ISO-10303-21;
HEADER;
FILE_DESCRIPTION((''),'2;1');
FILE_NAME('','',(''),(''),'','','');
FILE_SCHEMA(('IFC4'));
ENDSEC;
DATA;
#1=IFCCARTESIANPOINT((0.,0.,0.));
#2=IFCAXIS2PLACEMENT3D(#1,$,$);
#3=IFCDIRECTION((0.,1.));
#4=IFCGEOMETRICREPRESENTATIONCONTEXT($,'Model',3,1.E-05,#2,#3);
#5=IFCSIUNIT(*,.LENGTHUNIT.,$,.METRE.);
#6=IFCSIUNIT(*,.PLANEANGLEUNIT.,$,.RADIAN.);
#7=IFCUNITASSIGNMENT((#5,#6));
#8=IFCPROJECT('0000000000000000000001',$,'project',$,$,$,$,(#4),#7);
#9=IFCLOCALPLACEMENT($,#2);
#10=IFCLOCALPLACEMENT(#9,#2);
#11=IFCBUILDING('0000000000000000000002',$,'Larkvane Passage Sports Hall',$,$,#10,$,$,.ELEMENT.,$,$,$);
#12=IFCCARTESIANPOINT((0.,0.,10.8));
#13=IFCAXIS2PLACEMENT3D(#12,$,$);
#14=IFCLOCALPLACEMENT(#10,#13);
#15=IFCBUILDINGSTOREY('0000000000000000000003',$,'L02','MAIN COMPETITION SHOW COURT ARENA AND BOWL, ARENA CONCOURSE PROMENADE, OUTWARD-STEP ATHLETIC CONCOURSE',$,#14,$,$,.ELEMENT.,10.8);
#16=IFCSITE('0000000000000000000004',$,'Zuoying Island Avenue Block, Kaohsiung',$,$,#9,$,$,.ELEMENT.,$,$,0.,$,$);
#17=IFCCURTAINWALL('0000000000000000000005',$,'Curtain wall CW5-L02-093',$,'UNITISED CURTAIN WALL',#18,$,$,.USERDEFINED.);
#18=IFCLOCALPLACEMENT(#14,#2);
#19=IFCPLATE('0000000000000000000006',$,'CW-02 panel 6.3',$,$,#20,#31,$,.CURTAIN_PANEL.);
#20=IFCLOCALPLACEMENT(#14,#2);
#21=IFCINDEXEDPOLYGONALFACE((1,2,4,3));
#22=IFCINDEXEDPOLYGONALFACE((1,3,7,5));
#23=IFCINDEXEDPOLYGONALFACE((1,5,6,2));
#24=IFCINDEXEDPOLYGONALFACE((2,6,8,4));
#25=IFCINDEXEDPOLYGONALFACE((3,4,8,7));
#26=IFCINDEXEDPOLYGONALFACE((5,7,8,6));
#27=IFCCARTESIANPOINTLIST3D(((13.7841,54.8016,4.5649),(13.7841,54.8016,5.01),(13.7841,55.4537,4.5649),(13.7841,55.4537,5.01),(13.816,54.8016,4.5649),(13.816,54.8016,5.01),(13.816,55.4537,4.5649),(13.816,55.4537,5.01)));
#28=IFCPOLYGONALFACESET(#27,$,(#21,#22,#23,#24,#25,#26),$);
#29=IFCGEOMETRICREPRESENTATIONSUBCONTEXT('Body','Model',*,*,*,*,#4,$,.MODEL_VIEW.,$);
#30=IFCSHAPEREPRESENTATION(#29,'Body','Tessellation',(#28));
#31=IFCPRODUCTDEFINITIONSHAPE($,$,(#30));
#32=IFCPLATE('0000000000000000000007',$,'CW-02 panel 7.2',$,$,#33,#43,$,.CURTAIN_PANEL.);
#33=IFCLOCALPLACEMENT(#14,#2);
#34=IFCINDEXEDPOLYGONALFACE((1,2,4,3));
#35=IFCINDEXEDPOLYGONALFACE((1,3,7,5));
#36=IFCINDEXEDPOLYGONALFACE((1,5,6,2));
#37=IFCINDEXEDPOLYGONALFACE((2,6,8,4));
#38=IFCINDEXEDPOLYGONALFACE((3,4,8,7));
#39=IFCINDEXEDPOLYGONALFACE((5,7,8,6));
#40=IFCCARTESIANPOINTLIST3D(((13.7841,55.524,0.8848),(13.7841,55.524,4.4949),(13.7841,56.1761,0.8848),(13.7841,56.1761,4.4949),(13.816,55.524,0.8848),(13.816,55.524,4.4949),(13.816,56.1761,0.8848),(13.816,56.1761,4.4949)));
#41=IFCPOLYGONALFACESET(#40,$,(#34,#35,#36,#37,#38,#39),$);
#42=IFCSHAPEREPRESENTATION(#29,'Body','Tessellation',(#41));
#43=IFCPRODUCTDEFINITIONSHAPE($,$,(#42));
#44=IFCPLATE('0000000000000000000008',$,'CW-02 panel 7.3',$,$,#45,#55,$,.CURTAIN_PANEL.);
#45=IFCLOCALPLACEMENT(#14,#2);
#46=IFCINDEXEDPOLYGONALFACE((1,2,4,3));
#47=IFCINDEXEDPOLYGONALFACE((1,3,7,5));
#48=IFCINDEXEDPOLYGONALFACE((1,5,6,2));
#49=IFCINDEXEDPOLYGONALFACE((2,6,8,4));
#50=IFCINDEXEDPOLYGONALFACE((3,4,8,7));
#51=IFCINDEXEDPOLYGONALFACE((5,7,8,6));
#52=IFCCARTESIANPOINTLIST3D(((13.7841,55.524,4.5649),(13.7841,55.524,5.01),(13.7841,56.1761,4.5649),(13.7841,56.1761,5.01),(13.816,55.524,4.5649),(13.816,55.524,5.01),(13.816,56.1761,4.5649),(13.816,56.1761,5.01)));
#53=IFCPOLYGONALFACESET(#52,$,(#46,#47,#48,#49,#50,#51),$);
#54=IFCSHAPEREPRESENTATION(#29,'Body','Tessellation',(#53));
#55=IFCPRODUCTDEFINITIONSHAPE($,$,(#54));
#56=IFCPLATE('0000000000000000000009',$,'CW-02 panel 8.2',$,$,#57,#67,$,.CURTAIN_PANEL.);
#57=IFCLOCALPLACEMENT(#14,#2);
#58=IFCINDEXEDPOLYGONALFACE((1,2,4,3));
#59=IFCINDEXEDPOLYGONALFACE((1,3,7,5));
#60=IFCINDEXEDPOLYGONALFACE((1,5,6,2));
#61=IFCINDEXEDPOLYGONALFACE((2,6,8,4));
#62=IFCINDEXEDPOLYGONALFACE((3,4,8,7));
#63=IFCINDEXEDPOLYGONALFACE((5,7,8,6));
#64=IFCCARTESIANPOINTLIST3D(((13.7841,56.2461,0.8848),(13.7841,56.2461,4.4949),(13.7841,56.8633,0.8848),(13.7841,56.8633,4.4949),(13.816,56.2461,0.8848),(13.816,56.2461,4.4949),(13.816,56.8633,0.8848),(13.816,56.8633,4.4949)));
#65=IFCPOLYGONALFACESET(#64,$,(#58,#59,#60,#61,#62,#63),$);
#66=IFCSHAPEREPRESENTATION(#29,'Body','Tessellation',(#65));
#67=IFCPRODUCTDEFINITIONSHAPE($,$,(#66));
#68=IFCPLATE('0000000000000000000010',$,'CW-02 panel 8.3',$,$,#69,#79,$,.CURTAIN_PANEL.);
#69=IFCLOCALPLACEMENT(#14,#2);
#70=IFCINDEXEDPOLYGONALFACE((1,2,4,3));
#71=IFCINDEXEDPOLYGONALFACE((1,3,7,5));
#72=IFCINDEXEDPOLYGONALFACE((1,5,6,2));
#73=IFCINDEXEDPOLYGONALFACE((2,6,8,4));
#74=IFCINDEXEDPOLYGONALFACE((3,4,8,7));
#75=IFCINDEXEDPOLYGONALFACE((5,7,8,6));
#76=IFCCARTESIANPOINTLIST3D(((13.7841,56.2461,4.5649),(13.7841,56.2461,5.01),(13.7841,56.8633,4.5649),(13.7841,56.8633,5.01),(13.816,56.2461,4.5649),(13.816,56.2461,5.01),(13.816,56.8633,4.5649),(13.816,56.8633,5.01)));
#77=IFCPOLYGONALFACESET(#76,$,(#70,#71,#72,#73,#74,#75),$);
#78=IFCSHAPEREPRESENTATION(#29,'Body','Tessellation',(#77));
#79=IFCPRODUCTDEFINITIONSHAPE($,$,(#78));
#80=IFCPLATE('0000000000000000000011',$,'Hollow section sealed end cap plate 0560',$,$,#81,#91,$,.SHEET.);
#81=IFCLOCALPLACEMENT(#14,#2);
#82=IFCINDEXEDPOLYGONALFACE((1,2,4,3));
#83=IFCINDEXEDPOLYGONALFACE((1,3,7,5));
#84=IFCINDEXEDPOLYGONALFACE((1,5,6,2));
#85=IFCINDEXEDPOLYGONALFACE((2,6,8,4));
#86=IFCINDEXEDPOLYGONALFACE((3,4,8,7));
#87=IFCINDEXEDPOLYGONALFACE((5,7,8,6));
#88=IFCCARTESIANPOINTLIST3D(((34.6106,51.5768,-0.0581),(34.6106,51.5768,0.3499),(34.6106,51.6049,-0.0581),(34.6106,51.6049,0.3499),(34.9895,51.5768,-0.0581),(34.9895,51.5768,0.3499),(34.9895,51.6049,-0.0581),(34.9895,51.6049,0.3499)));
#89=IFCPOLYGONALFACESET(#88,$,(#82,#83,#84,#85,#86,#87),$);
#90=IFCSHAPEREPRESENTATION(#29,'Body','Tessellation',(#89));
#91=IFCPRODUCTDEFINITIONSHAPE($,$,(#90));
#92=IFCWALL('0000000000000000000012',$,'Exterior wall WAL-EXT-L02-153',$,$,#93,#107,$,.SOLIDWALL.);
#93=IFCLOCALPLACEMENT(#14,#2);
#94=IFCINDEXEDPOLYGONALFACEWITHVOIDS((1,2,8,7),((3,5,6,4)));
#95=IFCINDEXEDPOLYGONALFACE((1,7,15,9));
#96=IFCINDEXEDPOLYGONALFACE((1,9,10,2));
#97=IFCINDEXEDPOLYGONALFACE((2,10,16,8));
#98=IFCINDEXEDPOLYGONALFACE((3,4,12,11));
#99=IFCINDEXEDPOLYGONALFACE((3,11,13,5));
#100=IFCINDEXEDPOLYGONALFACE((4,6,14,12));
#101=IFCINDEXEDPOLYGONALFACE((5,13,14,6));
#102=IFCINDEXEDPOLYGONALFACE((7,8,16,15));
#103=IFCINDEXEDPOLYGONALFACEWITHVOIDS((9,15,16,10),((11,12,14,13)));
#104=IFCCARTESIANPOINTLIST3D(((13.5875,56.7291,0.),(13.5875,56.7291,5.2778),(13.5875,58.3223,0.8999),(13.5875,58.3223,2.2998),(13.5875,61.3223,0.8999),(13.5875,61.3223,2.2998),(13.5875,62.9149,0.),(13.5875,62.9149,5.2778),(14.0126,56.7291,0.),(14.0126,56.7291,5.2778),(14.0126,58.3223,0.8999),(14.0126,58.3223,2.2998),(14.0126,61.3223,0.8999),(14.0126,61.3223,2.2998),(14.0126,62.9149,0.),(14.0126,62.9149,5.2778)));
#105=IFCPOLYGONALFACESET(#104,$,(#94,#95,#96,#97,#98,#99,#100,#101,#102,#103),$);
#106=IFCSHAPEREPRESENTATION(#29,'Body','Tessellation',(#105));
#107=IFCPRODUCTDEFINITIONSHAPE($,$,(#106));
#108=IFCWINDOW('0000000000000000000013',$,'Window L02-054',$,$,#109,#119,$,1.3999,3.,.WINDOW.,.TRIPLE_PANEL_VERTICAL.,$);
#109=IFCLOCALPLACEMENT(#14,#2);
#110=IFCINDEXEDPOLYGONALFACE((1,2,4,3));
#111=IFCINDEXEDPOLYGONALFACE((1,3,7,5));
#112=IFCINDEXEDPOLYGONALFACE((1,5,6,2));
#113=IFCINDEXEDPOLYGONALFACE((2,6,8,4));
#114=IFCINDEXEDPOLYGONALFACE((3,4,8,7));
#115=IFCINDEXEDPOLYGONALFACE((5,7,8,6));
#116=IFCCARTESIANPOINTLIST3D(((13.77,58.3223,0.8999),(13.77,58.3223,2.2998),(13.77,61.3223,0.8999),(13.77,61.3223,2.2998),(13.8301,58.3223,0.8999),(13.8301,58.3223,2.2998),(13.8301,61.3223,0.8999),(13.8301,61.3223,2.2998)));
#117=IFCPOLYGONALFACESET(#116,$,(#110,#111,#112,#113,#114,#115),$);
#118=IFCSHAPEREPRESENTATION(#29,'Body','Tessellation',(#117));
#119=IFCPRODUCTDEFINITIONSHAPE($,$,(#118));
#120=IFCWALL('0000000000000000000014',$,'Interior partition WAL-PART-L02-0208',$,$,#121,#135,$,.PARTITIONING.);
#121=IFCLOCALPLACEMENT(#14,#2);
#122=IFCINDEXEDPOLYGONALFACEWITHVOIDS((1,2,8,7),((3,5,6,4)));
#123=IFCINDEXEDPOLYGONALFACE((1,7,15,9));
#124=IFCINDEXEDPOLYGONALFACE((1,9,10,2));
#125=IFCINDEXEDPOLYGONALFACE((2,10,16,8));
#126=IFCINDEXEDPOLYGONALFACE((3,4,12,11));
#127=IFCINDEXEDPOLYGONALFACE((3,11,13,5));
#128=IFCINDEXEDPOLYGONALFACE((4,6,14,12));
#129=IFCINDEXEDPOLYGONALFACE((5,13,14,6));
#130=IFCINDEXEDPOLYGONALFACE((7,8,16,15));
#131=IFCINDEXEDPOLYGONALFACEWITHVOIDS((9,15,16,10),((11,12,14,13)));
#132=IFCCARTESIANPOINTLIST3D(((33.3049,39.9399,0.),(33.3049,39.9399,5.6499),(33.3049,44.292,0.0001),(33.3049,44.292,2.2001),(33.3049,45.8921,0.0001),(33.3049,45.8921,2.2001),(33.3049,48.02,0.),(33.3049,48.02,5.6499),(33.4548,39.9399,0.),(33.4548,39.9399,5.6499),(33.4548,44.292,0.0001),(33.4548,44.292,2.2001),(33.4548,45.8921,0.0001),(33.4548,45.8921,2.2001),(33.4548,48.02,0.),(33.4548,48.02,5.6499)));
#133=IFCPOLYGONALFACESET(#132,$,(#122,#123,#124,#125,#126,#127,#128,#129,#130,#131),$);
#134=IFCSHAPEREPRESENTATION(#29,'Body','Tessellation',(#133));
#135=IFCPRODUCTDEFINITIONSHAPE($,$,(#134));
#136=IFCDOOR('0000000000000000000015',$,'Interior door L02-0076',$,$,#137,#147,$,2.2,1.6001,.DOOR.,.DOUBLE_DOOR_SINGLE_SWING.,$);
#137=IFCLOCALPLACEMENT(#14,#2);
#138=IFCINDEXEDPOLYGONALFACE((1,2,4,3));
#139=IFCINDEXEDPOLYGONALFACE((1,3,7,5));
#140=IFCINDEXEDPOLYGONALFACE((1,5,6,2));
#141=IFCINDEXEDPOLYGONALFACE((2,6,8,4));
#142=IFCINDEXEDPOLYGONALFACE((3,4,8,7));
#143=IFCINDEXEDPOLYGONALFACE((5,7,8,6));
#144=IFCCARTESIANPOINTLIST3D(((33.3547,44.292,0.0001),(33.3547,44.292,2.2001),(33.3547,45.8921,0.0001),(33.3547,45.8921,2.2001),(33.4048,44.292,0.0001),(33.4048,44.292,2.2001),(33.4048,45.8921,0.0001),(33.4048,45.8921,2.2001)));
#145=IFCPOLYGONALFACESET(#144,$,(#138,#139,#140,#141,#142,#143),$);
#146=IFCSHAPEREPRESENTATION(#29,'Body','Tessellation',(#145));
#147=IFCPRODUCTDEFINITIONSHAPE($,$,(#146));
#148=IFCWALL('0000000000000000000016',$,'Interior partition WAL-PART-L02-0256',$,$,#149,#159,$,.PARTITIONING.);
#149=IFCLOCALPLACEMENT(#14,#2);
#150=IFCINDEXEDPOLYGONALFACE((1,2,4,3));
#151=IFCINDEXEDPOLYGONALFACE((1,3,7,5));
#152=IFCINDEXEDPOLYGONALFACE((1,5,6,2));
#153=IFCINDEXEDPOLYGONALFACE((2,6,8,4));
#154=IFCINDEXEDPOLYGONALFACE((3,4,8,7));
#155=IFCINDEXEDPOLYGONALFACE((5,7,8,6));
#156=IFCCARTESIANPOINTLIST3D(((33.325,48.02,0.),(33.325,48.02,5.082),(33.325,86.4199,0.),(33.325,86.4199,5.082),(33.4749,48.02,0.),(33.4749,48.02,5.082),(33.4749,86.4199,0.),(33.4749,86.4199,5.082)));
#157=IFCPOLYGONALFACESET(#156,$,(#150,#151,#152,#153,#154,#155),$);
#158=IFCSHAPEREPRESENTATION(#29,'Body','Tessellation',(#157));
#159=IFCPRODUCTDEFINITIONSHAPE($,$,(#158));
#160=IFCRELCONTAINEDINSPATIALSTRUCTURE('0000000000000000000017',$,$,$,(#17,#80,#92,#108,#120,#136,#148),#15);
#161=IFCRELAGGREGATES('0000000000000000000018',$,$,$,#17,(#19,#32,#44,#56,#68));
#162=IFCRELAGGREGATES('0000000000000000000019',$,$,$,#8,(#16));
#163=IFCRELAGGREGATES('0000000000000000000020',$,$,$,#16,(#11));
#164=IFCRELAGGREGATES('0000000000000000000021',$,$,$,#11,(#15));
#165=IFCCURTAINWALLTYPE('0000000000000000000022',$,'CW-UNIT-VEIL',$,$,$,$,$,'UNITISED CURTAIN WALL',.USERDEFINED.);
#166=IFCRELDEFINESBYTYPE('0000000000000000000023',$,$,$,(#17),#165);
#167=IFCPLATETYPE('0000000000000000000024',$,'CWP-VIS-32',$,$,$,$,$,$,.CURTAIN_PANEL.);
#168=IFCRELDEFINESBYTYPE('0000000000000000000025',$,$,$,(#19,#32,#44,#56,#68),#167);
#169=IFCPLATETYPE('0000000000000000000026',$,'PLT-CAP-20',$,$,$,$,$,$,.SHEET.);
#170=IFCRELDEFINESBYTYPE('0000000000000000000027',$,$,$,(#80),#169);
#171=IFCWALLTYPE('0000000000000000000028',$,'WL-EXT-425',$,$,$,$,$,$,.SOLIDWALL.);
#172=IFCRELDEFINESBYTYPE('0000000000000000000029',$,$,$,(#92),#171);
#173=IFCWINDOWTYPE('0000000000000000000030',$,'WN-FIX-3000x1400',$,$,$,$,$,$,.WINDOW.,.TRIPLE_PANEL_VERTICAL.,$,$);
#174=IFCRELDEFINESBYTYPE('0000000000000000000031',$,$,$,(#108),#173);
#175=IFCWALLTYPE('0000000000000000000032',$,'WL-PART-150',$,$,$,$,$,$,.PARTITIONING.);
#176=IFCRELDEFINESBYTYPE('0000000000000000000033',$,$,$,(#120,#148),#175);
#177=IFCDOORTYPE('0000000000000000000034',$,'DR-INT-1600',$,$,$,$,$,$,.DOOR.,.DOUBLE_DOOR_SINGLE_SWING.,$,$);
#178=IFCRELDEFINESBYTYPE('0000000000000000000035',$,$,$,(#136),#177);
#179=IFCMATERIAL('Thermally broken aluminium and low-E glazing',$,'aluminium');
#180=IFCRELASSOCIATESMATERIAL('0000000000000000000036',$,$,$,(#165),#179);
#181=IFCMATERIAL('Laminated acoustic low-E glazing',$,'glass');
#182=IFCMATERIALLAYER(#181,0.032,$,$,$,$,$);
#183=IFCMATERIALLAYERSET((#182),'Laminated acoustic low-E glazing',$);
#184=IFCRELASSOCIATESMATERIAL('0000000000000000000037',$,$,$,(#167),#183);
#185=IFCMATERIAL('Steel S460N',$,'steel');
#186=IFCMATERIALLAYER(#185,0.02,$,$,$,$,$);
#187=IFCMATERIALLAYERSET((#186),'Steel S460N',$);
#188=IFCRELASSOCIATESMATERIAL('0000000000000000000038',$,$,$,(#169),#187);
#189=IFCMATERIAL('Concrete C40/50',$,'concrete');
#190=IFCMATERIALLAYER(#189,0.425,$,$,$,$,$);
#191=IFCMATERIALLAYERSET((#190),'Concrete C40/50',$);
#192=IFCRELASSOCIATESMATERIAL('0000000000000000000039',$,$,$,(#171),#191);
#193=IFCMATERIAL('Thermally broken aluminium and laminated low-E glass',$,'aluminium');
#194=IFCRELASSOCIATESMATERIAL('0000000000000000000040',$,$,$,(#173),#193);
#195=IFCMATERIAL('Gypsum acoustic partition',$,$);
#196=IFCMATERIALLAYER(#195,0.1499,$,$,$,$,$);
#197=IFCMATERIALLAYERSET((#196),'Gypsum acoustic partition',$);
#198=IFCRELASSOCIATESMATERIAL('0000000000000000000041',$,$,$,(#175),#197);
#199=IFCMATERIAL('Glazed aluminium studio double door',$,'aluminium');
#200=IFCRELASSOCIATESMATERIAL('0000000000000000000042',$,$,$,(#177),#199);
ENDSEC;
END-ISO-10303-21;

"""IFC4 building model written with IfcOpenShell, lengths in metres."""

from ifc_helpers import new_model, si_unit, direction, frame, frame_2d, origin, origin_2d, place, context, subcontext, project, spatial, rectangle, extrude, material, layer, layer_set, type_object, element, fill, aggregate, save


model = new_model("IFC4")

# Units and contexts
model_context = context("Model", 3, precision=1e-05, world=origin(), true_north=direction((0.0, 1.0)))
body_context = subcontext(model_context, "Body", "Model", "MODEL_VIEW")
ifc_project = project(units=[si_unit("LENGTHUNIT", "METRE"), si_unit("PLANEANGLEUNIT", "RADIAN")], contexts=[model_context])

# Site, building, storey
site_placement = place(None, origin())
site = spatial("IfcSite", under=ifc_project, at=site_placement, Name="Zuoying Island Avenue Block, Kaohsiung", CompositionType="ELEMENT", RefElevation=0.0)
building_placement = place(site_placement, origin())
building = spatial("IfcBuilding", under=site, at=building_placement, Name="Larkvane Passage Sports Hall", CompositionType="ELEMENT")
storey_placement = place(building_placement, frame((0.0, 0.0, 10.8)))
storey = spatial("IfcBuildingStorey", under=building, at=storey_placement, Name="L02", Description="MAIN COMPETITION SHOW COURT ARENA AND BOWL, ARENA CONCOURSE PROMENADE, OUTWARD-STEP ATHLETIC CONCOURSE", CompositionType="ELEMENT", Elevation=10.8)

# Shared definitions
ifc_material_1 = material(Name="Steel S460N", Category="steel")

# Curtain wall
ifc_material_2 = material(Name="Thermally broken aluminium and low-E glazing", Category="aluminium")
curtain_wall_type = type_object("IfcCurtainWallType", Name="CW-UNIT-VEIL", ElementType="UNITISED CURTAIN WALL", PredefinedType="USERDEFINED", material=ifc_material_2)
curtain_wall_placement = place(storey_placement, origin())
curtain_wall = element("IfcCurtainWall", 1, at=curtain_wall_placement, inside=storey, type_object=curtain_wall_type, Name="Curtain wall CW5-L02-093", ObjectType="UNITISED CURTAIN WALL", PredefinedType="USERDEFINED")

# Plates
ifc_material_3 = material(Name="Laminated acoustic low-E glazing", Category="glass")
ifc_layer_1 = layer(ifc_material_3, 0.032)
ifc_layer_set_1 = layer_set([ifc_layer_1], Name="Laminated acoustic low-E glazing")
plate_type_1 = type_object("IfcPlateType", Name="CWP-VIS-32", PredefinedType="CURTAIN_PANEL", material=ifc_layer_set_1)
plate_1_placement = place(storey_placement, frame((13.8, 55.1277, 4.5649), z_axis=(0.0, 0.0, 1.0), x_axis=(0.0, 1.0, 0.0)))
plate_1 = element("IfcPlate", 2, at=plate_1_placement, type_object=plate_type_1, Name="CW-02 panel 6.3", PredefinedType="CURTAIN_PANEL", context=body_context, shape_type="SweptSolid", body=[
    extrude(rectangle(XDim=0.6521, YDim=0.032, at=origin_2d()), origin(), (0.0, 0.0, 1.0), 0.4451),
])
plate_2_placement = place(storey_placement, frame((13.8, 55.8501, 0.8848), z_axis=(0.0, 0.0, 1.0), x_axis=(0.0, 1.0, 0.0)))
plate_2 = element("IfcPlate", 3, at=plate_2_placement, type_object=plate_type_1, Name="CW-02 panel 7.2", PredefinedType="CURTAIN_PANEL", context=body_context, shape_type="SweptSolid", body=[
    extrude(rectangle(XDim=0.6521, YDim=0.032, at=origin_2d()), origin(), (0.0, 0.0, 1.0), 3.6101),
])
plate_3_placement = place(storey_placement, frame((13.8, 55.8501, 4.5649), z_axis=(0.0, 0.0, 1.0), x_axis=(0.0, 1.0, 0.0)))
plate_3 = element("IfcPlate", 4, at=plate_3_placement, type_object=plate_type_1, Name="CW-02 panel 7.3", PredefinedType="CURTAIN_PANEL", context=body_context, shape_type="SweptSolid", body=[
    extrude(rectangle(XDim=0.6521, YDim=0.032, at=origin_2d()), origin(), (0.0, 0.0, 1.0), 0.4451),
])
plate_4_placement = place(storey_placement, frame((13.8, 56.5547, 0.8848), z_axis=(0.0, 0.0, 1.0), x_axis=(0.0, 1.0, 0.0)))
plate_4 = element("IfcPlate", 5, at=plate_4_placement, type_object=plate_type_1, Name="CW-02 panel 8.2", PredefinedType="CURTAIN_PANEL", context=body_context, shape_type="SweptSolid", body=[
    extrude(rectangle(XDim=0.6172, YDim=0.032, at=origin_2d()), origin(), (0.0, 0.0, 1.0), 3.6101),
])
plate_5_placement = place(storey_placement, frame((13.8, 56.5547, 4.5649), z_axis=(0.0, 0.0, 1.0), x_axis=(0.0, 1.0, 0.0)))
plate_5 = element("IfcPlate", 6, at=plate_5_placement, type_object=plate_type_1, Name="CW-02 panel 8.3", PredefinedType="CURTAIN_PANEL", context=body_context, shape_type="SweptSolid", body=[
    extrude(rectangle(XDim=0.6172, YDim=0.032, at=origin_2d()), origin(), (0.0, 0.0, 1.0), 0.4451),
])
aggregate(curtain_wall, [plate_1, plate_2, plate_3, plate_4, plate_5])
ifc_layer_2 = layer(ifc_material_1, 0.02)
ifc_layer_set_2 = layer_set([ifc_layer_2], Name="Steel S460N")
plate_type_2 = type_object("IfcPlateType", Name="PLT-CAP-20", PredefinedType="SHEET", material=ifc_layer_set_2)
plate_6_placement = place(storey_placement, frame((34.8, 51.5908, -0.0581), z_axis=(0.0, 0.0, 1.0), x_axis=(-1.0, 0.0, 0.0)))
element("IfcPlate", 7, at=plate_6_placement, inside=storey, type_object=plate_type_2, Name="Hollow section sealed end cap plate 0560", PredefinedType="SHEET", context=body_context, shape_type="SweptSolid", body=[
    extrude(rectangle(XDim=0.3789, YDim=0.0281, at=origin_2d()), origin(), (0.0, 0.0, 1.0), 0.408),
])

# Wall, opening, window
ifc_material_4 = material(Name="Concrete C40/50", Category="concrete")
ifc_layer_3 = layer(ifc_material_4, 0.425)
ifc_layer_set_3 = layer_set([ifc_layer_3], Name="Concrete C40/50")
wall_type_1 = type_object("IfcWallType", Name="WL-EXT-425", PredefinedType="SOLIDWALL", material=ifc_layer_set_3)
wall_1_placement = place(storey_placement, frame((13.8, 56.7292, 0.0), z_axis=(0.0, 0.0, 1.0), x_axis=(0.0, 1.0, 0.0)))
wall_1 = element("IfcWall", 8, at=wall_1_placement, inside=storey, type_object=wall_type_1, Name="Exterior wall WAL-EXT-L02-153", PredefinedType="SOLIDWALL", context=body_context, shape_type="SweptSolid", body=[
    extrude(rectangle(XDim=6.1858, YDim=0.425, at=frame_2d((3.0928, 0.0))), origin(), (0.0, 0.0, 1.0), 5.2778),
])
opening_1_placement = place(wall_1_placement, frame((1.593, 0.0, 0.8999)))
opening_1 = element("IfcOpeningElement", 9, at=opening_1_placement, cuts=wall_1, PredefinedType="OPENING", context=body_context, shape_type="SweptSolid", body=[
    extrude(rectangle(XDim=3.0, YDim=1.3999, at=frame_2d((1.5, 0.7))), frame((0.0, 0.2224, 0.0), z_axis=(0.0, -1.0, 0.0), x_axis=(1.0, 0.0, 0.0)), (0.0, 0.0, 1.0), 0.4451),
])
ifc_material_5 = material(Name="Thermally broken aluminium and laminated low-E glass", Category="aluminium")
window_type = type_object("IfcWindowType", Name="WN-FIX-3000x1400", PartitioningType="TRIPLE_PANEL_VERTICAL", PredefinedType="WINDOW", material=ifc_material_5)
window_placement = place(opening_1_placement, origin())
window = element("IfcWindow", 10, at=window_placement, inside=storey, type_object=window_type, Name="Window L02-054", OverallHeight=1.3999, OverallWidth=3.0, PartitioningType="TRIPLE_PANEL_VERTICAL", PredefinedType="WINDOW", context=body_context, shape_type="SweptSolid", body=[
    extrude(rectangle(XDim=3.0, YDim=1.3999, at=frame_2d((1.5, 0.7))), frame((0.0, 0.03, 0.0), z_axis=(0.0, -1.0, 0.0), x_axis=(1.0, 0.0, 0.0)), (0.0, 0.0, 1.0), 0.0601),
])
fill(opening_1, window)

# Wall, opening, door
ifc_material_6 = material(Name="Gypsum acoustic partition")
ifc_layer_4 = layer(ifc_material_6, 0.1499)
ifc_layer_set_4 = layer_set([ifc_layer_4], Name="Gypsum acoustic partition")
wall_type_2 = type_object("IfcWallType", Name="WL-PART-150", PredefinedType="PARTITIONING", material=ifc_layer_set_4)
wall_2_placement = place(storey_placement, frame((33.3799, 48.02, 0.0), z_axis=(0.0, 0.0, 1.0), x_axis=(0.0, -1.0, 0.0)))
wall_2 = element("IfcWall", 11, at=wall_2_placement, inside=storey, type_object=wall_type_2, Name="Interior partition WAL-PART-L02-0208", PredefinedType="PARTITIONING", context=body_context, shape_type="SweptSolid", body=[
    extrude(rectangle(XDim=8.0801, YDim=0.1499, at=frame_2d((4.04, 0.0))), origin(), (0.0, 0.0, 1.0), 5.6499),
])
opening_2_placement = place(wall_2_placement, frame((2.1279, 0.0, 0.0)))
opening_2 = element("IfcOpeningElement", 12, at=opening_2_placement, cuts=wall_2, PredefinedType="OPENING", context=body_context, shape_type="SweptSolid", body=[
    extrude(rectangle(XDim=1.6001, YDim=2.2, at=frame_2d((0.8, 1.1001))), frame((0.0, 0.085, 0.0), z_axis=(0.0, -1.0, 0.0), x_axis=(1.0, 0.0, 0.0)), (0.0, 0.0, 1.0), 0.1699),
])
ifc_material_7 = material(Name="Glazed aluminium studio double door", Category="aluminium")
door_type = type_object("IfcDoorType", Name="DR-INT-1600", OperationType="DOUBLE_DOOR_SINGLE_SWING", PredefinedType="DOOR", material=ifc_material_7)
door_placement = place(opening_2_placement, origin())
door = element("IfcDoor", 13, at=door_placement, inside=storey, type_object=door_type, Name="Interior door L02-0076", OperationType="DOUBLE_DOOR_SINGLE_SWING", OverallHeight=2.2, OverallWidth=1.6001, PredefinedType="DOOR", context=body_context, shape_type="SweptSolid", body=[
    extrude(rectangle(XDim=1.6001, YDim=2.2, at=frame_2d((0.8, 1.1001))), frame((0.0, 0.0249, 0.0), z_axis=(0.0, -1.0, 0.0), x_axis=(1.0, 0.0, 0.0)), (0.0, 0.0, 1.0), 0.05),
])
fill(opening_2, door)

# Wall
wall_3_placement = place(storey_placement, frame((33.3999, 48.02, 0.0), z_axis=(0.0, 0.0, 1.0), x_axis=(0.0, 1.0, 0.0)))
element("IfcWall", 14, at=wall_3_placement, inside=storey, type_object=wall_type_2, Name="Interior partition WAL-PART-L02-0256", PredefinedType="PARTITIONING", context=body_context, shape_type="SweptSolid", body=[
    extrude(rectangle(XDim=38.3999, YDim=0.1499, at=frame_2d((19.2, 0.0))), origin(), (0.0, 0.0, 1.0), 5.082),
])

save(model, "model.ifc")
